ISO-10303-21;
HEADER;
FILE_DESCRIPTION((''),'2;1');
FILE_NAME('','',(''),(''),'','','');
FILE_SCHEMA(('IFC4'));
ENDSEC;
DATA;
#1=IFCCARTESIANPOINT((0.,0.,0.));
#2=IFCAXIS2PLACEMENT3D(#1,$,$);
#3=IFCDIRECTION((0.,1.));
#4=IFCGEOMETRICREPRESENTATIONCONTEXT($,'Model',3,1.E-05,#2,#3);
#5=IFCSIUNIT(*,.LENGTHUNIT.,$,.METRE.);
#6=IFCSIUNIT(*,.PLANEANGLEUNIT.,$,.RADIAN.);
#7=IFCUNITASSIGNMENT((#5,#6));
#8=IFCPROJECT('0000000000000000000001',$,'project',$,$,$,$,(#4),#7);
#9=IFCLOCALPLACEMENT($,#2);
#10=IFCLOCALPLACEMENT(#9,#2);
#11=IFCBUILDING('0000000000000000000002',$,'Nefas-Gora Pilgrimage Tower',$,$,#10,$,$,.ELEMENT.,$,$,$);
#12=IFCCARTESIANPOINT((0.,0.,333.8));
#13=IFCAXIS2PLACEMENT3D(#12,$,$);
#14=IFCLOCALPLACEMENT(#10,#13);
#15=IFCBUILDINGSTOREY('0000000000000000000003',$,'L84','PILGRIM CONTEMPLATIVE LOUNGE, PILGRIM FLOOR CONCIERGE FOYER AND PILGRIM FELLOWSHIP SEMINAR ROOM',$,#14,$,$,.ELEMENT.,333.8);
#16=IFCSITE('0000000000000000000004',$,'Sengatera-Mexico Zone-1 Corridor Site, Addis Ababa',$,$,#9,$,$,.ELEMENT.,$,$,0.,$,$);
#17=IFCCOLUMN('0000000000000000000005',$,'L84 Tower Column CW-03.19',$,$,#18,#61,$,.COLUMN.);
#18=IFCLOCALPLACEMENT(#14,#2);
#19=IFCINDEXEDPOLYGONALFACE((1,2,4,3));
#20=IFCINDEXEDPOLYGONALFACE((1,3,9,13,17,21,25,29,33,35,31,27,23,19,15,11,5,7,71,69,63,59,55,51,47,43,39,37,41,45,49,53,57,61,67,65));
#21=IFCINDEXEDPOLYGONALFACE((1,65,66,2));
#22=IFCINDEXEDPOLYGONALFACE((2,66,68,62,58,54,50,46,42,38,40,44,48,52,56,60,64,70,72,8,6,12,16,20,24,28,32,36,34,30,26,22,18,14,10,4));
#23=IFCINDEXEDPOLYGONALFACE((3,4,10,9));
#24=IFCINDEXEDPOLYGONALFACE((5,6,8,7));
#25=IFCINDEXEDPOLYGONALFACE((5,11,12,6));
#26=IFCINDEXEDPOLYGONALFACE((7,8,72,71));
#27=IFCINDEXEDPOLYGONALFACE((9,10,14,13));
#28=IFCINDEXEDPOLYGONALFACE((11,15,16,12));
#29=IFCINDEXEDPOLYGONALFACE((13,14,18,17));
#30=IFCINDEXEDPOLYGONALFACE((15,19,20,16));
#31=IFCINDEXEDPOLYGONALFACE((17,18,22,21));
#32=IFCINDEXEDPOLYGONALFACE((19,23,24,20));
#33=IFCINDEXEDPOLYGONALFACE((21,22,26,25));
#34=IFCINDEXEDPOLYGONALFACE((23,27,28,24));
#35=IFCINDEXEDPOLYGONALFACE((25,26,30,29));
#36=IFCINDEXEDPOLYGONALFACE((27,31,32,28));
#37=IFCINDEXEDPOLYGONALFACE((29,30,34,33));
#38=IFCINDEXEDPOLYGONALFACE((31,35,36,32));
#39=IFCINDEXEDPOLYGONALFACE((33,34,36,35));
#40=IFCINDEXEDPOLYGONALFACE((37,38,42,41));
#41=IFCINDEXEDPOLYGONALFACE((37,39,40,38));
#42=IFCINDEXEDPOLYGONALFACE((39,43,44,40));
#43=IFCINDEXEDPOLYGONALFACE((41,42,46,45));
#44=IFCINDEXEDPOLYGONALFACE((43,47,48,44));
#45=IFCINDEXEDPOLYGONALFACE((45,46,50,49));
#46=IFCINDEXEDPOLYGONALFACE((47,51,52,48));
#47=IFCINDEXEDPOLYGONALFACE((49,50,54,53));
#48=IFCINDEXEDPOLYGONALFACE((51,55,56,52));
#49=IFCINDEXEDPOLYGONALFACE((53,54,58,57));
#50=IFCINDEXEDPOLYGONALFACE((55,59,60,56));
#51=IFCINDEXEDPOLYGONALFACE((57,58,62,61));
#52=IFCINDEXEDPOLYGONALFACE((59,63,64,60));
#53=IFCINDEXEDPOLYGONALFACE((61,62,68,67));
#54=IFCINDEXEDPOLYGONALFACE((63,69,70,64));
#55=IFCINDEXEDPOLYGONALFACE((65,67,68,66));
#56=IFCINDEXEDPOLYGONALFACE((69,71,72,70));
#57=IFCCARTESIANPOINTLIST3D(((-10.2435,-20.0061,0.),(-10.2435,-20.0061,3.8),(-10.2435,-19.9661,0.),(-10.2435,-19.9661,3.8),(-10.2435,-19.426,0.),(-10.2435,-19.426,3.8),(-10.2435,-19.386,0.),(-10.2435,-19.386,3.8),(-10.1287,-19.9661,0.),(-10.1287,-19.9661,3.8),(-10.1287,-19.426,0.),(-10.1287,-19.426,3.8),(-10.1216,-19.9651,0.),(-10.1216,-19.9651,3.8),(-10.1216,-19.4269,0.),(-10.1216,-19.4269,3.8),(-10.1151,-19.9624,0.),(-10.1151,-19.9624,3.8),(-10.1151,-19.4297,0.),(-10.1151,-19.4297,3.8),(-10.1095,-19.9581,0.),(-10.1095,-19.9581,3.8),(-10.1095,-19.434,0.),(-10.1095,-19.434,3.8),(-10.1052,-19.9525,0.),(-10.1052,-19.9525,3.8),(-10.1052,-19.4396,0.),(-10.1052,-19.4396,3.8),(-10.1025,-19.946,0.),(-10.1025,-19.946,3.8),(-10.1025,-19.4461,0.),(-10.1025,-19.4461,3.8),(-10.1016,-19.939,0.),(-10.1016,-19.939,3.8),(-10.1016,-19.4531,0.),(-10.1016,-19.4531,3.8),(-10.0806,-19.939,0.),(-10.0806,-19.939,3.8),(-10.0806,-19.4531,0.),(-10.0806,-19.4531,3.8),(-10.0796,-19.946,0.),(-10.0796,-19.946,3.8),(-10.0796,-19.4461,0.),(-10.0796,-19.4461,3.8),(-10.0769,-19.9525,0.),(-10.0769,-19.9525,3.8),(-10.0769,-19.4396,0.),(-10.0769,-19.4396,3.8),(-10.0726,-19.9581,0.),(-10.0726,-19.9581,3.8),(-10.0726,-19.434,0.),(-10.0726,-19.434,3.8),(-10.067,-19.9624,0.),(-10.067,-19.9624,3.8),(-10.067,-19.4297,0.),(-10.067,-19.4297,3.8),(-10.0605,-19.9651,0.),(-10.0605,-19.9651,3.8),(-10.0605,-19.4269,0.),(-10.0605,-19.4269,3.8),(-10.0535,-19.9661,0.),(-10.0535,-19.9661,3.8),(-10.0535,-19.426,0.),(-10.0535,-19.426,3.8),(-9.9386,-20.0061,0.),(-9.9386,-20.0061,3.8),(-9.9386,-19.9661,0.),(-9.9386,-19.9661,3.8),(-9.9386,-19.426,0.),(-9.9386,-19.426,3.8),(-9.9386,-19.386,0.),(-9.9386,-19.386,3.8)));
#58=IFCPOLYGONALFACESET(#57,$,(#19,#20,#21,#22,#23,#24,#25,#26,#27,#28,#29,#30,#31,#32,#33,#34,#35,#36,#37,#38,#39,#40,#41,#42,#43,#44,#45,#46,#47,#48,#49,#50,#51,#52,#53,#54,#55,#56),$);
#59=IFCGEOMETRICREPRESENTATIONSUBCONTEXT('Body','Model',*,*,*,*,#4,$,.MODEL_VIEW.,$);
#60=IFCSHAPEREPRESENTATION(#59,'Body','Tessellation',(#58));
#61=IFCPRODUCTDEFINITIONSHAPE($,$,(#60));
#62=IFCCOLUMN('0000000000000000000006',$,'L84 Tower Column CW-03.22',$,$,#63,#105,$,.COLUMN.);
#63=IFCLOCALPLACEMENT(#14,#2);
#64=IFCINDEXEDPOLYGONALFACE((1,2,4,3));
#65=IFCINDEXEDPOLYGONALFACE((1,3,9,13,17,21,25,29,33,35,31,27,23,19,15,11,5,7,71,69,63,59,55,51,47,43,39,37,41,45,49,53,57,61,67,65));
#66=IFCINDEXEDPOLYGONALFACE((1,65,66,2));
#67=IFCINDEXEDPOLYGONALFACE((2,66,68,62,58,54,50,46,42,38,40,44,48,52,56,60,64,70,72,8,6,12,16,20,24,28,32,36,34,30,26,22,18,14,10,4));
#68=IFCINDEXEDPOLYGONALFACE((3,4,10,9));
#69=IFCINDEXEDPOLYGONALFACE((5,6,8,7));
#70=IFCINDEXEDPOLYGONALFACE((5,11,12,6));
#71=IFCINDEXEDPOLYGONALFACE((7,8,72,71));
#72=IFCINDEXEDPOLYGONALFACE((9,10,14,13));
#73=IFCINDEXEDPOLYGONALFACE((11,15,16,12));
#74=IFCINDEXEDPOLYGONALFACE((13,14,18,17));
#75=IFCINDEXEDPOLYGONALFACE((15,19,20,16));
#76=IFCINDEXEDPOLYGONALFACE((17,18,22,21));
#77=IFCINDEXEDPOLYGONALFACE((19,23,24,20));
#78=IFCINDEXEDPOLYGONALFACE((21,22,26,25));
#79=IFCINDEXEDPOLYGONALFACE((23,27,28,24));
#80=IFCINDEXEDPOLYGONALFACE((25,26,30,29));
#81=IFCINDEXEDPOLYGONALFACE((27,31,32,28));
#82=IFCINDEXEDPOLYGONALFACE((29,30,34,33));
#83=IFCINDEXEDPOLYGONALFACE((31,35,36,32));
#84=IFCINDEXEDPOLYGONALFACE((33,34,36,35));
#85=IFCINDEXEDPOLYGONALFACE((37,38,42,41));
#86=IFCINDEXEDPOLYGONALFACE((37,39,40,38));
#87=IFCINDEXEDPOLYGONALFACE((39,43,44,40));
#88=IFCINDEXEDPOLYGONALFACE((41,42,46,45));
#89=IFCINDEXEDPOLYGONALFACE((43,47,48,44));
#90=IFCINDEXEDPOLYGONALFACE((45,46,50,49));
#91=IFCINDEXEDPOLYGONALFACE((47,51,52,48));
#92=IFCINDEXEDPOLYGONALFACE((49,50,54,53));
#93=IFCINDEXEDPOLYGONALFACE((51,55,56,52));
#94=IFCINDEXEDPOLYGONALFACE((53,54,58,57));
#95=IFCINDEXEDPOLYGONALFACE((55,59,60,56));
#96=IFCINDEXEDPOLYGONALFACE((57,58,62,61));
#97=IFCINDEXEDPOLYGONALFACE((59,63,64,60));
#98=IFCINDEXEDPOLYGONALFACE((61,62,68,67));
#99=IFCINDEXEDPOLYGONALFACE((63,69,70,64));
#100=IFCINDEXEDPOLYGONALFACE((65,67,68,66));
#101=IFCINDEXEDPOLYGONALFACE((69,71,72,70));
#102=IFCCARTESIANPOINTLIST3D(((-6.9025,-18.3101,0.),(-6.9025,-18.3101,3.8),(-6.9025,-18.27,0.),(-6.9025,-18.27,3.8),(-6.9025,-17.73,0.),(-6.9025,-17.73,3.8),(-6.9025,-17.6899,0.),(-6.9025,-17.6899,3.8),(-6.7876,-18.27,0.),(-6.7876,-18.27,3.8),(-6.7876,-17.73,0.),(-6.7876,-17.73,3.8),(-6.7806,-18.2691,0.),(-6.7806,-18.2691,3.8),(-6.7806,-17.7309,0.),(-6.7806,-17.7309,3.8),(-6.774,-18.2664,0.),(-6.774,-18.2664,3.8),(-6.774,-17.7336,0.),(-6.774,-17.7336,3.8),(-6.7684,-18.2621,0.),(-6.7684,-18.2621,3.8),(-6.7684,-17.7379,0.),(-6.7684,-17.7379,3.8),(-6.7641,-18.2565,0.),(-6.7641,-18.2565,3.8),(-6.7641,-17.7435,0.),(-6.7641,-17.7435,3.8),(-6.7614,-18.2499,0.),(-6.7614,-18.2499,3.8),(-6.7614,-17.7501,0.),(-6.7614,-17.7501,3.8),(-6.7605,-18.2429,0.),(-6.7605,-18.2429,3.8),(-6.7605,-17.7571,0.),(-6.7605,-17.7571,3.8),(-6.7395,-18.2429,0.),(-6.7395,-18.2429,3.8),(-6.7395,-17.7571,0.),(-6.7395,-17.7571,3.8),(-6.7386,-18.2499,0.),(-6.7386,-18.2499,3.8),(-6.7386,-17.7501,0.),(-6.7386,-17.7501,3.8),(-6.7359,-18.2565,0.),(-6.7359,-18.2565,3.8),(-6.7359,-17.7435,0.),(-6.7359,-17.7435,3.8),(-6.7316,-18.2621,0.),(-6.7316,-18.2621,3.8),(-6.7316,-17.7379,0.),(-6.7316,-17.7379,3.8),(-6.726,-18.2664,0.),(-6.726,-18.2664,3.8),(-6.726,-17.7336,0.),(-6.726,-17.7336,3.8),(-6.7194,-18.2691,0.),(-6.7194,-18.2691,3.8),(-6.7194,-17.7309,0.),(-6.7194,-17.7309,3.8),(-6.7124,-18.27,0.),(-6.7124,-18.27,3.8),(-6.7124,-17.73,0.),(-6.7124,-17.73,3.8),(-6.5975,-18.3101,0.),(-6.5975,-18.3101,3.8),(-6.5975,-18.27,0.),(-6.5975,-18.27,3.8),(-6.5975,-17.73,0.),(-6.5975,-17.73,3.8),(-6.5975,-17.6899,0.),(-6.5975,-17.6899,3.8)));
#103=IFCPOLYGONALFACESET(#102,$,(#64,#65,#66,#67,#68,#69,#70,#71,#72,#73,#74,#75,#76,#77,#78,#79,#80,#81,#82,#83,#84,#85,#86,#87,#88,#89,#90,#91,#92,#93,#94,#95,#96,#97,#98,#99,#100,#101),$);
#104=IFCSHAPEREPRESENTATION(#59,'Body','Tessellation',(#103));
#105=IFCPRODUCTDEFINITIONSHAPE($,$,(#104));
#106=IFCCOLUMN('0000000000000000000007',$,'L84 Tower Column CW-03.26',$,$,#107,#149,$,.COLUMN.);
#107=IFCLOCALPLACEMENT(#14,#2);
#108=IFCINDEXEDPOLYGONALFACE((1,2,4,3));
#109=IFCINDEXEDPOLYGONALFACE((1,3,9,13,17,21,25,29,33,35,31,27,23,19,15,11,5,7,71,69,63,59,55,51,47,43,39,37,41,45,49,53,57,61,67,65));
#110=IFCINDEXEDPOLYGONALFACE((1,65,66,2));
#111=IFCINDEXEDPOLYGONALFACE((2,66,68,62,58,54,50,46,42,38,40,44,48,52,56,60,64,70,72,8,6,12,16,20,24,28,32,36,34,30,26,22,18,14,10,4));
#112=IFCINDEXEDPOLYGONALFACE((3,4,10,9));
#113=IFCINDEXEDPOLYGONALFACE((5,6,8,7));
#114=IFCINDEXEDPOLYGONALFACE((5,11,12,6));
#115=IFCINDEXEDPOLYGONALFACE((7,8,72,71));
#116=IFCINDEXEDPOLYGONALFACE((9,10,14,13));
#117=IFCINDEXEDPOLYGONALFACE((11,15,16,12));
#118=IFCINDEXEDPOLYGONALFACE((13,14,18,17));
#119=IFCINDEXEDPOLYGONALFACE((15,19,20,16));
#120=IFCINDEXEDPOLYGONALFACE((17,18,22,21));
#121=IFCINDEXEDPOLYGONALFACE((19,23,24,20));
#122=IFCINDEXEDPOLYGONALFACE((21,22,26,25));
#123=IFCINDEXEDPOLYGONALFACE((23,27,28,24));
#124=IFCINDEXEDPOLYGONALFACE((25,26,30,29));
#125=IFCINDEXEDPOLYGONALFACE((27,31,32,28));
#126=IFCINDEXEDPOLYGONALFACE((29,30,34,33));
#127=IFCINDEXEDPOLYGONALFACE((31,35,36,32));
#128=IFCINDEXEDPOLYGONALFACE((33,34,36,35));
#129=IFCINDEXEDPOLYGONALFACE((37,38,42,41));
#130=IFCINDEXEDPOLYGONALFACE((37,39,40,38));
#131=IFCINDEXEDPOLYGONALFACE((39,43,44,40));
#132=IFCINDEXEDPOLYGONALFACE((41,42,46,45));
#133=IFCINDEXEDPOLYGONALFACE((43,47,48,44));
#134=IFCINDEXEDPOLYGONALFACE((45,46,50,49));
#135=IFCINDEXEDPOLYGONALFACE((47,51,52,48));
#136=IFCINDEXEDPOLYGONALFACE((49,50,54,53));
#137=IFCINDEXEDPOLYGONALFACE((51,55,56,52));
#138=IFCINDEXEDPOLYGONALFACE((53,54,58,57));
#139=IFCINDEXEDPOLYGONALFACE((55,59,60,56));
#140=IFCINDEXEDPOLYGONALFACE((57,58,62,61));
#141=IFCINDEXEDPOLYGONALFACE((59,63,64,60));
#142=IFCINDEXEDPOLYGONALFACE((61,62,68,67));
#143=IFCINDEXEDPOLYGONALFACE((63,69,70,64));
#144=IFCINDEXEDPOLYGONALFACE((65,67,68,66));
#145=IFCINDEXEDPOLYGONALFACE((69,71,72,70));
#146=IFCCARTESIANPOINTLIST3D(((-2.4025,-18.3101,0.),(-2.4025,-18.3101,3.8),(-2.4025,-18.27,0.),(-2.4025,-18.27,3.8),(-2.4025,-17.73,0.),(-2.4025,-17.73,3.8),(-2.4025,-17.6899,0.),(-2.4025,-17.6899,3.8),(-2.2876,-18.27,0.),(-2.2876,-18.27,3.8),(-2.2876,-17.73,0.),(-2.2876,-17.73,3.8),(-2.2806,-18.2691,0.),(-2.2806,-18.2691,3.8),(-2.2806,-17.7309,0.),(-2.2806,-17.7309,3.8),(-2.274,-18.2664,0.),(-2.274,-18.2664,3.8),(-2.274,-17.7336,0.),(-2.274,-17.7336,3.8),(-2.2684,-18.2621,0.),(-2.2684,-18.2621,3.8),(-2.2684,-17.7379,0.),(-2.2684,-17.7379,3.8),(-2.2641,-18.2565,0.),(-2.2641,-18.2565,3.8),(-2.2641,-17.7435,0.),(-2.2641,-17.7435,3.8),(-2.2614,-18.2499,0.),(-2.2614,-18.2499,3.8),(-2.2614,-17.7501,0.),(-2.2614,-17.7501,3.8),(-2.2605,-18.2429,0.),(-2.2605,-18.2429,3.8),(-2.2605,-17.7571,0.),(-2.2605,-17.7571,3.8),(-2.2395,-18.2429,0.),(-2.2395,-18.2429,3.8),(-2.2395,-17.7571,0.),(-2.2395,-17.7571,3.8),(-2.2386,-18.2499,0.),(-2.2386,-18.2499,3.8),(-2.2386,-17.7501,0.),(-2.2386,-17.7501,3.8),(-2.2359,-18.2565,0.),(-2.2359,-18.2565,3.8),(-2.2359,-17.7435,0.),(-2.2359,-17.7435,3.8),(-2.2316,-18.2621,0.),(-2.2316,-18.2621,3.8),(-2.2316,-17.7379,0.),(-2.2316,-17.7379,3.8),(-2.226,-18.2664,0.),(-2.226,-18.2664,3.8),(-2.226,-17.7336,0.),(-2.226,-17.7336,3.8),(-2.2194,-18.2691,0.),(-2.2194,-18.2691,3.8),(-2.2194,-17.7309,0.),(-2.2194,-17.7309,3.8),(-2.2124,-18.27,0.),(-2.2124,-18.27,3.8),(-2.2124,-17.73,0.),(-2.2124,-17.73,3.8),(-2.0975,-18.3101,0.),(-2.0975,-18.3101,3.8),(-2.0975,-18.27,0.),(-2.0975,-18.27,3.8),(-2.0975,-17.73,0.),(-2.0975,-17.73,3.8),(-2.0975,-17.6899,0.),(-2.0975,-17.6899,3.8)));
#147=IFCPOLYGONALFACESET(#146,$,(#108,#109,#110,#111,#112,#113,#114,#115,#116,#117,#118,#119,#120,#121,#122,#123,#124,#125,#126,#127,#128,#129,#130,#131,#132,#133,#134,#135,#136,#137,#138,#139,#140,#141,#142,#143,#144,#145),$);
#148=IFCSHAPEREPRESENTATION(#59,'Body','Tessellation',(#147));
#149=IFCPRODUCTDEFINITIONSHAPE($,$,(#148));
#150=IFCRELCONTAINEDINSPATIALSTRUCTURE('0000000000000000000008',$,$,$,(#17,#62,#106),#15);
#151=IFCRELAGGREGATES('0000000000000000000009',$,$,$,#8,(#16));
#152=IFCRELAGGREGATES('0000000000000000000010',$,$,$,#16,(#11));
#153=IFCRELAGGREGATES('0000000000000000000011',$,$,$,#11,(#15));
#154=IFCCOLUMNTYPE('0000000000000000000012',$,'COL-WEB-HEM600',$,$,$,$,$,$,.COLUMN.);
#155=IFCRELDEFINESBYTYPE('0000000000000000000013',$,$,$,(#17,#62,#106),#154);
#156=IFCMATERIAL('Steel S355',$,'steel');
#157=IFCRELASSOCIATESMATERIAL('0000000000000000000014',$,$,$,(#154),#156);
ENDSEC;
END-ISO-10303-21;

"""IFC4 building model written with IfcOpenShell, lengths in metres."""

from ifc_helpers import new_model, si_unit, direction, frame, origin, origin_2d, place, context, subcontext, project, spatial, i_section, extrude, source, transform, mapped, material, material_profile, profile_set, type_object, element, save


model = new_model("IFC4")

# Units and contexts
model_context = context("Model", 3, precision=1e-05, world=origin(), true_north=direction((0.0, 1.0)))
body_context = subcontext(model_context, "Body", "Model", "MODEL_VIEW")
ifc_project = project(units=[si_unit("LENGTHUNIT", "METRE"), si_unit("PLANEANGLEUNIT", "RADIAN")], contexts=[model_context])

# Site, building, storey
site_placement = place(None, origin())
site = spatial("IfcSite", under=ifc_project, at=site_placement, Name="Sengatera-Mexico Zone-1 Corridor Site, Addis Ababa", CompositionType="ELEMENT", RefElevation=0.0)
building_placement = place(site_placement, origin())
building = spatial("IfcBuilding", under=site, at=building_placement, Name="Nefas-Gora Pilgrimage Tower", CompositionType="ELEMENT")
storey_placement = place(building_placement, frame((0.0, 0.0, 333.8)))
storey = spatial("IfcBuildingStorey", under=building, at=storey_placement, Name="L84", Description="PILGRIM CONTEMPLATIVE LOUNGE, PILGRIM FLOOR CONCIERGE FOYER AND PILGRIM FELLOWSHIP SEMINAR ROOM", CompositionType="ELEMENT", Elevation=333.8)

# Columns
ifc_material_1 = material(Name="Steel S355", Category="steel")
ifc_material_profile_1 = material_profile(ifc_material_1, i_section(OverallWidth=0.3049, OverallDepth=0.6201, WebThickness=0.021, FlangeThickness=0.04, FilletRadius=0.0271, at=origin_2d()), Name="HEM 600")
ifc_profile_set_1 = profile_set([ifc_material_profile_1], Name="Steel S355")
column_type_1 = type_object("IfcColumnType", Name="COL-WEB-HEM600", PredefinedType="COLUMN", material=ifc_profile_set_1)
shared_shape_1 = source(origin(), body_context, "Body", "SweptSolid", [
    extrude(i_section(OverallWidth=0.3049, OverallDepth=0.6201, WebThickness=0.021, FlangeThickness=0.04, FilletRadius=0.0271, at=origin_2d()), origin(), (0.0, 0.0, 1.0), 3.8),
])
for number, where, z_axis, x_axis, name in (
    (1, (-10.0911, -19.696, 0.0), (0.0, 0.0, 1.0), (1.0, 0.0, 0.0), "L84 Tower Column CW-03.19"),
    (2, (-6.75, -18.0, 0.0), (0.0, 0.0, 1.0), (1.0, 0.0, 0.0), "L84 Tower Column CW-03.22"),
    (3, (-2.25, -18.0, 0.0), (0.0, 0.0, 1.0), (1.0, 0.0, 0.0), "L84 Tower Column CW-03.26"),
):
    element("IfcColumn", number, at=place(storey_placement, frame(where, z_axis=z_axis, x_axis=x_axis)), inside=storey, type_object=column_type_1, Name=name, PredefinedType="COLUMN", context=body_context, shape_type="MappedRepresentation", body=[
        mapped(shared_shape_1, transform((0.0, 0.0, 0.0), x_axis=(1.0, 0.0, 0.0), y_axis=(0.0, 1.0, 0.0), z_axis=(0.0, 0.0, 1.0), scale=1.0)),
    ])

save(model, "model.ifc")
